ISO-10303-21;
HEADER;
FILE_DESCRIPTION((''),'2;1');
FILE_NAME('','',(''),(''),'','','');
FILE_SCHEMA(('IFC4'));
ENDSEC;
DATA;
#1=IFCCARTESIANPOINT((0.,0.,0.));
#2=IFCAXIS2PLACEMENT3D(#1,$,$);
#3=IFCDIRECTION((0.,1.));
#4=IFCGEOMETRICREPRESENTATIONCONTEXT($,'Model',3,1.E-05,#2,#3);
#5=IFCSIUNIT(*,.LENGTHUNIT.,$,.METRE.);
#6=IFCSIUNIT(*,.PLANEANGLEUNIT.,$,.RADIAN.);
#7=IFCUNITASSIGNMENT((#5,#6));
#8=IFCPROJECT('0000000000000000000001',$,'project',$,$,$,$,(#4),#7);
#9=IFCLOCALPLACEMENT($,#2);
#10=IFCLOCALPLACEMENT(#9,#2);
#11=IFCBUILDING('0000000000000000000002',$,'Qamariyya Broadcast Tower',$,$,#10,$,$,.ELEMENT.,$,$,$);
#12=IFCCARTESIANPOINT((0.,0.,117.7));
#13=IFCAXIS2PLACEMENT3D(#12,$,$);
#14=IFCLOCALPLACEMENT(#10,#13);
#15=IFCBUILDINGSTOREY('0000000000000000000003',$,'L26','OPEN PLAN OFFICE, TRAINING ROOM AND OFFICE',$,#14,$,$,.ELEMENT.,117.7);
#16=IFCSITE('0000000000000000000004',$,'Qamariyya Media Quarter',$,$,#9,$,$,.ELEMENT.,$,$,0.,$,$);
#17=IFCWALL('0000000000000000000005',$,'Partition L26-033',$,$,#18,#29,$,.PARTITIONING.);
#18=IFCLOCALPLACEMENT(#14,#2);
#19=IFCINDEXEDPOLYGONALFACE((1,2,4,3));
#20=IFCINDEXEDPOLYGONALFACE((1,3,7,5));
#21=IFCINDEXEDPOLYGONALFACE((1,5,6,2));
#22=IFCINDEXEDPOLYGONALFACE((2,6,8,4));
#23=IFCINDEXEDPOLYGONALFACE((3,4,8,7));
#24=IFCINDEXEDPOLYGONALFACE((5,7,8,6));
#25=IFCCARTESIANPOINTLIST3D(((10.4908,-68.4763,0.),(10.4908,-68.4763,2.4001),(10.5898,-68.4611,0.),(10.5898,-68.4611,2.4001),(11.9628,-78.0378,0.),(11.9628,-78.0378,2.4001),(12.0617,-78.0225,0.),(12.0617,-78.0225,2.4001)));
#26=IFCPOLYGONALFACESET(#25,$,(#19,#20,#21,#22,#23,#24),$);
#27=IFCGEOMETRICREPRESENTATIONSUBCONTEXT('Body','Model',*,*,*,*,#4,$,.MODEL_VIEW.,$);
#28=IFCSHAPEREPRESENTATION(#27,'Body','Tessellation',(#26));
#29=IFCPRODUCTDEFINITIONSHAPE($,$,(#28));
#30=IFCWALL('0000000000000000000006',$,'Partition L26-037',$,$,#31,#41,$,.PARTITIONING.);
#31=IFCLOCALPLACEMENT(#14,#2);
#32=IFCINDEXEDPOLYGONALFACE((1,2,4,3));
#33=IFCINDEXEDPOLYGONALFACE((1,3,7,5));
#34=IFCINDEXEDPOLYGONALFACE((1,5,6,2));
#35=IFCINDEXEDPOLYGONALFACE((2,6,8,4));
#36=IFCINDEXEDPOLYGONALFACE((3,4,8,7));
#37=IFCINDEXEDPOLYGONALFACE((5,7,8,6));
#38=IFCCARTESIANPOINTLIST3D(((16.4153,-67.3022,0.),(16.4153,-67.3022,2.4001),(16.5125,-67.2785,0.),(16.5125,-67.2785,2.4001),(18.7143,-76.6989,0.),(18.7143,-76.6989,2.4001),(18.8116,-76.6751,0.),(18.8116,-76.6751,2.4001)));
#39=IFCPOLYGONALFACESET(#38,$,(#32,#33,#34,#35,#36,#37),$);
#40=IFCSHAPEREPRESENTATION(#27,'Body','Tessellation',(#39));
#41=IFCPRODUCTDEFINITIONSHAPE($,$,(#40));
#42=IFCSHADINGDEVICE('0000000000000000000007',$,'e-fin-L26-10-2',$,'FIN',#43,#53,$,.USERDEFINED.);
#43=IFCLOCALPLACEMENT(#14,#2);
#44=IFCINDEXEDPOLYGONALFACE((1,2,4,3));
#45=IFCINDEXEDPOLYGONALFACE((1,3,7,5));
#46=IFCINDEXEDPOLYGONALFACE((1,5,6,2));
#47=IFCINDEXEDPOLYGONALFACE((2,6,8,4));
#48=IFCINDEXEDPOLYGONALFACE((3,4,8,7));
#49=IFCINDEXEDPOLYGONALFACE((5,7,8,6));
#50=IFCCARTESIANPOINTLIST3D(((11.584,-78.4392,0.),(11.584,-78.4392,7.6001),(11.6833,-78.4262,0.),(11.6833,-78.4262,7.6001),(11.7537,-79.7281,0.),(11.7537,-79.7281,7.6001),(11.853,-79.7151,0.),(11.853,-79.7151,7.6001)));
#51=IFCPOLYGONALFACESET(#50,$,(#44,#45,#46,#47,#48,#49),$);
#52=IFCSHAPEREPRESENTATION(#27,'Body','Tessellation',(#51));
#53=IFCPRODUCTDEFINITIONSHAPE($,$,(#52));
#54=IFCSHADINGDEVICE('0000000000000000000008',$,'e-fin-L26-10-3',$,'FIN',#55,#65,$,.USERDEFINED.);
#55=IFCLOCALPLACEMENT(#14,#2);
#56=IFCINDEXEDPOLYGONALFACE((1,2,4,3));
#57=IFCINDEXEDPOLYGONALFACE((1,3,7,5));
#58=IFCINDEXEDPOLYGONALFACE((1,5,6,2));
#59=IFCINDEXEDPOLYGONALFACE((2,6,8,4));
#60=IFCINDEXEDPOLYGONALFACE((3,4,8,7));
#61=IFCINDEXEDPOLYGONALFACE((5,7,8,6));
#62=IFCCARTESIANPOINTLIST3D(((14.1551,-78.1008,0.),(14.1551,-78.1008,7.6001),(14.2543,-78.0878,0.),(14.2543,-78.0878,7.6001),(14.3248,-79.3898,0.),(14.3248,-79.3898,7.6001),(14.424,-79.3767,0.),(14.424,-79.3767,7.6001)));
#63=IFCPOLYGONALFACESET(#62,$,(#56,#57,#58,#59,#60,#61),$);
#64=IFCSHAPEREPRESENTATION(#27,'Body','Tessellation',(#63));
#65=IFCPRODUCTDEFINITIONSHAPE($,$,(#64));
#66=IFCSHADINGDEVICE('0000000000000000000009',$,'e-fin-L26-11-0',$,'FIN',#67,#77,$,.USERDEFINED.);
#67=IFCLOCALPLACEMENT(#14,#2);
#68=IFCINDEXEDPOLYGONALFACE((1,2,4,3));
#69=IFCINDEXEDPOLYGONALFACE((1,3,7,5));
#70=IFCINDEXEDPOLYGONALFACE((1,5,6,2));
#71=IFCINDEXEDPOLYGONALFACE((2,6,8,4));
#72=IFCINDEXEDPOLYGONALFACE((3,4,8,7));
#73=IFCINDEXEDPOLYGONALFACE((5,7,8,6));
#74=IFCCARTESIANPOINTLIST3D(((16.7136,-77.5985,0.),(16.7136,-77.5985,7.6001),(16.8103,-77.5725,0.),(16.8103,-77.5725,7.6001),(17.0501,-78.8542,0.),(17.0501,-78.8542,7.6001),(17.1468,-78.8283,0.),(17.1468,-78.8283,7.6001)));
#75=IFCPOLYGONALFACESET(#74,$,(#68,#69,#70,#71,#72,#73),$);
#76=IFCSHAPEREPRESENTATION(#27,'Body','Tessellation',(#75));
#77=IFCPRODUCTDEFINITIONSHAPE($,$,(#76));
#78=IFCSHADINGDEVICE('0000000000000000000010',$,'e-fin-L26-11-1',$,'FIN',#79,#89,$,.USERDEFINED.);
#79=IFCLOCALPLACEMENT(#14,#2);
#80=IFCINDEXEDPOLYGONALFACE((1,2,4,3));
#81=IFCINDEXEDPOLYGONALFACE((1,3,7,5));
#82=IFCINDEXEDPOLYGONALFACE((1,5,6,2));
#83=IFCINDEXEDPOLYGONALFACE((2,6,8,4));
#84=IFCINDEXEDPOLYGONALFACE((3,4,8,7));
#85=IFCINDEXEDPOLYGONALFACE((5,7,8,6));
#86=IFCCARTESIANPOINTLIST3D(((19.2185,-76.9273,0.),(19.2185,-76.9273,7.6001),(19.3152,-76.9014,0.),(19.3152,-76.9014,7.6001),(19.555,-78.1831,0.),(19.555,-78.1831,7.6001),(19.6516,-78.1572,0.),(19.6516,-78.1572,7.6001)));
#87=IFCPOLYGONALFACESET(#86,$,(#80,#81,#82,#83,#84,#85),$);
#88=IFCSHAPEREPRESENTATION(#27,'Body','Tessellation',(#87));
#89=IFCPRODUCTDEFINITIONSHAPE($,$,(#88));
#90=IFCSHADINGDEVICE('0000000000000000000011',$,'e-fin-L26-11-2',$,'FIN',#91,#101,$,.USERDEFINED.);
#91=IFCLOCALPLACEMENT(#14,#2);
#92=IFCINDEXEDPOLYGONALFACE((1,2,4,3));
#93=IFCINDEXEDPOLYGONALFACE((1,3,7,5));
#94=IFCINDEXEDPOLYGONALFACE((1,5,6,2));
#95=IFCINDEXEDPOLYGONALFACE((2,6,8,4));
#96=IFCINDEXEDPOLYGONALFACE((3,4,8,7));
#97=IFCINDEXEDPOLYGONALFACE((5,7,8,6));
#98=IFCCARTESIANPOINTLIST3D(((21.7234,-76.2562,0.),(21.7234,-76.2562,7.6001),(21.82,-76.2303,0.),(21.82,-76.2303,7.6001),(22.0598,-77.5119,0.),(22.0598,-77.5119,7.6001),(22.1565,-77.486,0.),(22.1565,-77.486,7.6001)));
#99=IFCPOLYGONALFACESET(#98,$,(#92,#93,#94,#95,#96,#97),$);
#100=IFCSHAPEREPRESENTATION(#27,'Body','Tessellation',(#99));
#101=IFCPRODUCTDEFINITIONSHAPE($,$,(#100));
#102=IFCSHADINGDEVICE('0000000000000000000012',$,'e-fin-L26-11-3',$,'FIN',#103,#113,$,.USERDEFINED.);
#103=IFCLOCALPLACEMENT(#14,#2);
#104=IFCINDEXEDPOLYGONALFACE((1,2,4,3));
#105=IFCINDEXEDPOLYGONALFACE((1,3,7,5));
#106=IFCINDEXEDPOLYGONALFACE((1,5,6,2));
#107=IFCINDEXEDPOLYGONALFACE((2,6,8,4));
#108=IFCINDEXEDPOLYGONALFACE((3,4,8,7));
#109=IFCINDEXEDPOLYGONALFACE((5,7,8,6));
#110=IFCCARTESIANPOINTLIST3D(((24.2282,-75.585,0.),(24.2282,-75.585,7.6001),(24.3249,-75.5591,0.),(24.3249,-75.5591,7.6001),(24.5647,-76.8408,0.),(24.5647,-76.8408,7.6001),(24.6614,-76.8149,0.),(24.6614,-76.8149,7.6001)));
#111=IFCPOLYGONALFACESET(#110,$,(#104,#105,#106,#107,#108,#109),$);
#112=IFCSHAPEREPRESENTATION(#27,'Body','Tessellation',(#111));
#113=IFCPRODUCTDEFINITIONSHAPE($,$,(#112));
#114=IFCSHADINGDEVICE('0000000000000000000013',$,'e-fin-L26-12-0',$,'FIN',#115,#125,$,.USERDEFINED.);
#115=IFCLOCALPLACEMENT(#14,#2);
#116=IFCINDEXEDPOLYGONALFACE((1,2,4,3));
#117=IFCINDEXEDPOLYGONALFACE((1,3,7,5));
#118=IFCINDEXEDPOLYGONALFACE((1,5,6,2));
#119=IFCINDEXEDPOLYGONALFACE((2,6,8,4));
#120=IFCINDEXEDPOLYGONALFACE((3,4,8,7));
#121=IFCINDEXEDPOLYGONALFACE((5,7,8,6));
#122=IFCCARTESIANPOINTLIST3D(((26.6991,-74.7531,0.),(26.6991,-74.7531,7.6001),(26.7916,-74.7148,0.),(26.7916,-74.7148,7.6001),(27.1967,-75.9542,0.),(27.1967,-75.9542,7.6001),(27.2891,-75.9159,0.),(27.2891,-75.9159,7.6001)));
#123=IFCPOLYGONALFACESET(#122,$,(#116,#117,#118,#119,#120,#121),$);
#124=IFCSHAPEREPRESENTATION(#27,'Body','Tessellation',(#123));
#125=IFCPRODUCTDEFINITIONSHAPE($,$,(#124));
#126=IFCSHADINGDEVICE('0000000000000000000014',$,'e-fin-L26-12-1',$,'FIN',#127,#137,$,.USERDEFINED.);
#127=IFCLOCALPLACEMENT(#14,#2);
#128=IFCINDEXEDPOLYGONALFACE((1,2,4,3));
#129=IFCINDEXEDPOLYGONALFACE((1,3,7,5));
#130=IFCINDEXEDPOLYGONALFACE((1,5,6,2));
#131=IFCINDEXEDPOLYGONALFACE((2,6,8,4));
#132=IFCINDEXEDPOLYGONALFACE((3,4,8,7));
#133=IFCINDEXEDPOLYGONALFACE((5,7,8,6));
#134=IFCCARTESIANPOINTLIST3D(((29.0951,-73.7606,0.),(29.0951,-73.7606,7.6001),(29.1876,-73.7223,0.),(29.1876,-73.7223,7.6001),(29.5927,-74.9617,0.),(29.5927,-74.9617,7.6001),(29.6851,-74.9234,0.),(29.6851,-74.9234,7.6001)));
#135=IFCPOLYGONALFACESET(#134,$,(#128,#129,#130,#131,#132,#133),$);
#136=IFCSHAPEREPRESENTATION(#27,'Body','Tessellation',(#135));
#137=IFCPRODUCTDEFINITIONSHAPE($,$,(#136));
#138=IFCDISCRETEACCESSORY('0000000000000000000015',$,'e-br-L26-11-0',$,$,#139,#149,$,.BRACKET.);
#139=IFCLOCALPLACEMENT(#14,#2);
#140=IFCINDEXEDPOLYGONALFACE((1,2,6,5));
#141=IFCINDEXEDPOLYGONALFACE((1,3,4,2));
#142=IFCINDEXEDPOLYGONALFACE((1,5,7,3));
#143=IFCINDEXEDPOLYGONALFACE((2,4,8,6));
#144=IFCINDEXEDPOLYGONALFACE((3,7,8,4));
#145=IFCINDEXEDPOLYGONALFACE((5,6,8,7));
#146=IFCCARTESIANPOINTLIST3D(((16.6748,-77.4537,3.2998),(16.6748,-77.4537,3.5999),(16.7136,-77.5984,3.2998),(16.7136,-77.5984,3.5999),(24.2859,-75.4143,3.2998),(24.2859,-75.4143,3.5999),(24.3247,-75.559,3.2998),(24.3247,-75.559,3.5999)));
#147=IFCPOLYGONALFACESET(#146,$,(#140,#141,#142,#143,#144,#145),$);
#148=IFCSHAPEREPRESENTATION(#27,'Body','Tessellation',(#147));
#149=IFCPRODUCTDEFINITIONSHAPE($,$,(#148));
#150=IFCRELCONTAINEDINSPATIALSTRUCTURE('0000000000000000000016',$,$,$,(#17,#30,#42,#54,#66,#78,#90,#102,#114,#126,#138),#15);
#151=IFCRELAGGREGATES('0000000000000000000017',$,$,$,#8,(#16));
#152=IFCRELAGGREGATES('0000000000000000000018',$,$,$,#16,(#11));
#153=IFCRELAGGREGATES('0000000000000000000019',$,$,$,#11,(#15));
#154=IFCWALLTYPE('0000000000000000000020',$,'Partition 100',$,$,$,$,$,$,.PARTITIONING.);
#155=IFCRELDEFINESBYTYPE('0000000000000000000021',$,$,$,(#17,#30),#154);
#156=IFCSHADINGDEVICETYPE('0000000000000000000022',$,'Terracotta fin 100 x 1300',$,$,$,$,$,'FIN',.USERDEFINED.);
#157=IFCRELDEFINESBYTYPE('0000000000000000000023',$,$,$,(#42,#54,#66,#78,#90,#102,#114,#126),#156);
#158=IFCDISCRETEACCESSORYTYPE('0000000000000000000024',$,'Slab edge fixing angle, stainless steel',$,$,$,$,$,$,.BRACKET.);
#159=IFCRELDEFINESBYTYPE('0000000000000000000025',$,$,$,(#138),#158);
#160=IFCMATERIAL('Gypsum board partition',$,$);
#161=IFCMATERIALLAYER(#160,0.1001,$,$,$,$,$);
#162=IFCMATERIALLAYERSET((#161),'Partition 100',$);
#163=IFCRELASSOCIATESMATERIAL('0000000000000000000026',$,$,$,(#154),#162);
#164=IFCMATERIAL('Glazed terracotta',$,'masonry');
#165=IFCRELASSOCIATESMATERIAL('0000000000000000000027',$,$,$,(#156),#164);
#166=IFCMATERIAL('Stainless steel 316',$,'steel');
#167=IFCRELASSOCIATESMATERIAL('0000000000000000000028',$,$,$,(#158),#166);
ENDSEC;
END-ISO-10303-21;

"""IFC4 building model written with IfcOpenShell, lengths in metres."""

from ifc_helpers import new_model, si_unit, direction, frame, frame_2d, origin, origin_2d, place, context, subcontext, project, spatial, rectangle, extrude, material, layer, layer_set, material_profile, profile_set, type_object, element, save


model = new_model("IFC4")

# Units and contexts
model_context = context("Model", 3, precision=1e-05, world=origin(), true_north=direction((0.0, 1.0)))
body_context = subcontext(model_context, "Body", "Model", "MODEL_VIEW")
ifc_project = project(units=[si_unit("LENGTHUNIT", "METRE"), si_unit("PLANEANGLEUNIT", "RADIAN")], contexts=[model_context])

# Site, building, storey
site_placement = place(None, origin())
site = spatial("IfcSite", under=ifc_project, at=site_placement, Name="Qamariyya Media Quarter", CompositionType="ELEMENT", RefElevation=0.0)
building_placement = place(site_placement, origin())
building = spatial("IfcBuilding", under=site, at=building_placement, Name="Qamariyya Broadcast Tower", CompositionType="ELEMENT")
storey_placement = place(building_placement, frame((0.0, 0.0, 117.7)))
storey = spatial("IfcBuildingStorey", under=building, at=storey_placement, Name="L26", Description="OPEN PLAN OFFICE, TRAINING ROOM AND OFFICE", CompositionType="ELEMENT", Elevation=117.7)

# Shared definitions
ifc_material_1 = material(Name="Gypsum board partition")

# Walls
ifc_layer_1 = layer(ifc_material_1, 0.1001)
ifc_layer_set_1 = layer_set([ifc_layer_1], Name="Partition 100")
wall_type_1 = type_object("IfcWallType", Name="Partition 100", PredefinedType="PARTITIONING", material=ifc_layer_set_1)
wall_1_placement = place(storey_placement, frame((12.0122, -78.03, 0.0), z_axis=(0.0, 0.0, 1.0), x_axis=(-0.15215, 0.988357, 0.0)))
element("IfcWall", 1, at=wall_1_placement, inside=storey, type_object=wall_type_1, Name="Partition L26-033", PredefinedType="PARTITIONING", context=body_context, shape_type="SweptSolid", body=[
    extrude(rectangle(XDim=9.6741, YDim=0.1001, at=frame_2d((4.8369, 0.0))), origin(), (0.0, 0.0, 1.0), 2.4001),
])
wall_2_placement = place(storey_placement, frame((18.7629, -76.687, 0.0), z_axis=(0.0, 0.0, 1.0), x_axis=(-0.237657, 0.971349, 0.0)))
element("IfcWall", 2, at=wall_2_placement, inside=storey, type_object=wall_type_1, Name="Partition L26-037", PredefinedType="PARTITIONING", context=body_context, shape_type="SweptSolid", body=[
    extrude(rectangle(XDim=9.6738, YDim=0.1001, at=frame_2d((4.8369, 0.0))), origin(), (0.0, 0.0, 1.0), 2.4001),
])

# Shading devices
ifc_material_2 = material(Name="Glazed terracotta", Category="masonry")
ifc_material_profile_1 = material_profile(ifc_material_2, rectangle(XDim=1.3, YDim=0.1001, at=origin_2d()))
ifc_profile_set_1 = profile_set([ifc_material_profile_1], Name="Glazed terracotta")
shading_device_type_1 = type_object("IfcShadingDeviceType", Name="Terracotta fin 100 x 1300", ElementType="FIN", PredefinedType="USERDEFINED", material=ifc_profile_set_1)
for number, where, z_axis, x_axis, name in (
    (3, (11.7185, -79.0771, 0.0), (0.0, 0.0, 1.0), (0.130526, -0.991445, 0.0), "e-fin-L26-10-2"),
    (4, (14.2896, -78.7388, 0.0), (0.0, 0.0, 1.0), (0.130526, -0.991445, 0.0), "e-fin-L26-10-3"),
    (5, (16.9302, -78.2134, 0.0), (0.0, 0.0, 1.0), (0.258819, -0.965926, 0.0), "e-fin-L26-11-0"),
    (6, (19.4351, -77.5422, 0.0), (0.0, 0.0, 1.0), (0.258819, -0.965926, 0.0), "e-fin-L26-11-1"),
    (7, (21.9399, -76.8711, 0.0), (0.0, 0.0, 1.0), (0.258819, -0.965926, 0.0), "e-fin-L26-11-2"),
    (8, (24.4448, -76.2, 0.0), (0.0, 0.0, 1.0), (0.258819, -0.965926, 0.0), "e-fin-L26-11-3"),
    (9, (26.9941, -75.3345, 0.0), (0.0, 0.0, 1.0), (0.382683, -0.92388, 0.0), "e-fin-L26-12-0"),
    (10, (29.3901, -74.342, 0.0), (0.0, 0.0, 1.0), (0.382683, -0.92388, 0.0), "e-fin-L26-12-1"),
):
    element("IfcShadingDevice", number, at=place(storey_placement, frame(where, z_axis=z_axis, x_axis=x_axis)), inside=storey, type_object=shading_device_type_1, Name=name, ObjectType="FIN", PredefinedType="USERDEFINED", context=body_context, shape_type="SweptSolid", body=[
        extrude(rectangle(XDim=1.3, YDim=0.1001, at=origin_2d()), origin(), (0.0, 0.0, 1.0), 7.6001),
    ])

# Discrete accessory
ifc_material_3 = material(Name="Stainless steel 316", Category="steel")
discrete_accessory_type = type_object("IfcDiscreteAccessoryType", Name="Slab edge fixing angle, stainless steel", PredefinedType="BRACKET", material=ifc_material_3)
discrete_accessory_placement = place(storey_placement, frame((20.4998, -76.5063, 3.2998), z_axis=(0.0, 0.0, 1.0), x_axis=(0.965926, 0.258819, 0.0)))
element("IfcDiscreteAccessory", 11, at=discrete_accessory_placement, inside=storey, type_object=discrete_accessory_type, Name="e-br-L26-11-0", PredefinedType="BRACKET", context=body_context, shape_type="SweptSolid", body=[
    extrude(rectangle(XDim=7.8796, YDim=0.1499, at=origin_2d()), origin(), (0.0, 0.0, 1.0), 0.3),
])

save(model, "model.ifc")
